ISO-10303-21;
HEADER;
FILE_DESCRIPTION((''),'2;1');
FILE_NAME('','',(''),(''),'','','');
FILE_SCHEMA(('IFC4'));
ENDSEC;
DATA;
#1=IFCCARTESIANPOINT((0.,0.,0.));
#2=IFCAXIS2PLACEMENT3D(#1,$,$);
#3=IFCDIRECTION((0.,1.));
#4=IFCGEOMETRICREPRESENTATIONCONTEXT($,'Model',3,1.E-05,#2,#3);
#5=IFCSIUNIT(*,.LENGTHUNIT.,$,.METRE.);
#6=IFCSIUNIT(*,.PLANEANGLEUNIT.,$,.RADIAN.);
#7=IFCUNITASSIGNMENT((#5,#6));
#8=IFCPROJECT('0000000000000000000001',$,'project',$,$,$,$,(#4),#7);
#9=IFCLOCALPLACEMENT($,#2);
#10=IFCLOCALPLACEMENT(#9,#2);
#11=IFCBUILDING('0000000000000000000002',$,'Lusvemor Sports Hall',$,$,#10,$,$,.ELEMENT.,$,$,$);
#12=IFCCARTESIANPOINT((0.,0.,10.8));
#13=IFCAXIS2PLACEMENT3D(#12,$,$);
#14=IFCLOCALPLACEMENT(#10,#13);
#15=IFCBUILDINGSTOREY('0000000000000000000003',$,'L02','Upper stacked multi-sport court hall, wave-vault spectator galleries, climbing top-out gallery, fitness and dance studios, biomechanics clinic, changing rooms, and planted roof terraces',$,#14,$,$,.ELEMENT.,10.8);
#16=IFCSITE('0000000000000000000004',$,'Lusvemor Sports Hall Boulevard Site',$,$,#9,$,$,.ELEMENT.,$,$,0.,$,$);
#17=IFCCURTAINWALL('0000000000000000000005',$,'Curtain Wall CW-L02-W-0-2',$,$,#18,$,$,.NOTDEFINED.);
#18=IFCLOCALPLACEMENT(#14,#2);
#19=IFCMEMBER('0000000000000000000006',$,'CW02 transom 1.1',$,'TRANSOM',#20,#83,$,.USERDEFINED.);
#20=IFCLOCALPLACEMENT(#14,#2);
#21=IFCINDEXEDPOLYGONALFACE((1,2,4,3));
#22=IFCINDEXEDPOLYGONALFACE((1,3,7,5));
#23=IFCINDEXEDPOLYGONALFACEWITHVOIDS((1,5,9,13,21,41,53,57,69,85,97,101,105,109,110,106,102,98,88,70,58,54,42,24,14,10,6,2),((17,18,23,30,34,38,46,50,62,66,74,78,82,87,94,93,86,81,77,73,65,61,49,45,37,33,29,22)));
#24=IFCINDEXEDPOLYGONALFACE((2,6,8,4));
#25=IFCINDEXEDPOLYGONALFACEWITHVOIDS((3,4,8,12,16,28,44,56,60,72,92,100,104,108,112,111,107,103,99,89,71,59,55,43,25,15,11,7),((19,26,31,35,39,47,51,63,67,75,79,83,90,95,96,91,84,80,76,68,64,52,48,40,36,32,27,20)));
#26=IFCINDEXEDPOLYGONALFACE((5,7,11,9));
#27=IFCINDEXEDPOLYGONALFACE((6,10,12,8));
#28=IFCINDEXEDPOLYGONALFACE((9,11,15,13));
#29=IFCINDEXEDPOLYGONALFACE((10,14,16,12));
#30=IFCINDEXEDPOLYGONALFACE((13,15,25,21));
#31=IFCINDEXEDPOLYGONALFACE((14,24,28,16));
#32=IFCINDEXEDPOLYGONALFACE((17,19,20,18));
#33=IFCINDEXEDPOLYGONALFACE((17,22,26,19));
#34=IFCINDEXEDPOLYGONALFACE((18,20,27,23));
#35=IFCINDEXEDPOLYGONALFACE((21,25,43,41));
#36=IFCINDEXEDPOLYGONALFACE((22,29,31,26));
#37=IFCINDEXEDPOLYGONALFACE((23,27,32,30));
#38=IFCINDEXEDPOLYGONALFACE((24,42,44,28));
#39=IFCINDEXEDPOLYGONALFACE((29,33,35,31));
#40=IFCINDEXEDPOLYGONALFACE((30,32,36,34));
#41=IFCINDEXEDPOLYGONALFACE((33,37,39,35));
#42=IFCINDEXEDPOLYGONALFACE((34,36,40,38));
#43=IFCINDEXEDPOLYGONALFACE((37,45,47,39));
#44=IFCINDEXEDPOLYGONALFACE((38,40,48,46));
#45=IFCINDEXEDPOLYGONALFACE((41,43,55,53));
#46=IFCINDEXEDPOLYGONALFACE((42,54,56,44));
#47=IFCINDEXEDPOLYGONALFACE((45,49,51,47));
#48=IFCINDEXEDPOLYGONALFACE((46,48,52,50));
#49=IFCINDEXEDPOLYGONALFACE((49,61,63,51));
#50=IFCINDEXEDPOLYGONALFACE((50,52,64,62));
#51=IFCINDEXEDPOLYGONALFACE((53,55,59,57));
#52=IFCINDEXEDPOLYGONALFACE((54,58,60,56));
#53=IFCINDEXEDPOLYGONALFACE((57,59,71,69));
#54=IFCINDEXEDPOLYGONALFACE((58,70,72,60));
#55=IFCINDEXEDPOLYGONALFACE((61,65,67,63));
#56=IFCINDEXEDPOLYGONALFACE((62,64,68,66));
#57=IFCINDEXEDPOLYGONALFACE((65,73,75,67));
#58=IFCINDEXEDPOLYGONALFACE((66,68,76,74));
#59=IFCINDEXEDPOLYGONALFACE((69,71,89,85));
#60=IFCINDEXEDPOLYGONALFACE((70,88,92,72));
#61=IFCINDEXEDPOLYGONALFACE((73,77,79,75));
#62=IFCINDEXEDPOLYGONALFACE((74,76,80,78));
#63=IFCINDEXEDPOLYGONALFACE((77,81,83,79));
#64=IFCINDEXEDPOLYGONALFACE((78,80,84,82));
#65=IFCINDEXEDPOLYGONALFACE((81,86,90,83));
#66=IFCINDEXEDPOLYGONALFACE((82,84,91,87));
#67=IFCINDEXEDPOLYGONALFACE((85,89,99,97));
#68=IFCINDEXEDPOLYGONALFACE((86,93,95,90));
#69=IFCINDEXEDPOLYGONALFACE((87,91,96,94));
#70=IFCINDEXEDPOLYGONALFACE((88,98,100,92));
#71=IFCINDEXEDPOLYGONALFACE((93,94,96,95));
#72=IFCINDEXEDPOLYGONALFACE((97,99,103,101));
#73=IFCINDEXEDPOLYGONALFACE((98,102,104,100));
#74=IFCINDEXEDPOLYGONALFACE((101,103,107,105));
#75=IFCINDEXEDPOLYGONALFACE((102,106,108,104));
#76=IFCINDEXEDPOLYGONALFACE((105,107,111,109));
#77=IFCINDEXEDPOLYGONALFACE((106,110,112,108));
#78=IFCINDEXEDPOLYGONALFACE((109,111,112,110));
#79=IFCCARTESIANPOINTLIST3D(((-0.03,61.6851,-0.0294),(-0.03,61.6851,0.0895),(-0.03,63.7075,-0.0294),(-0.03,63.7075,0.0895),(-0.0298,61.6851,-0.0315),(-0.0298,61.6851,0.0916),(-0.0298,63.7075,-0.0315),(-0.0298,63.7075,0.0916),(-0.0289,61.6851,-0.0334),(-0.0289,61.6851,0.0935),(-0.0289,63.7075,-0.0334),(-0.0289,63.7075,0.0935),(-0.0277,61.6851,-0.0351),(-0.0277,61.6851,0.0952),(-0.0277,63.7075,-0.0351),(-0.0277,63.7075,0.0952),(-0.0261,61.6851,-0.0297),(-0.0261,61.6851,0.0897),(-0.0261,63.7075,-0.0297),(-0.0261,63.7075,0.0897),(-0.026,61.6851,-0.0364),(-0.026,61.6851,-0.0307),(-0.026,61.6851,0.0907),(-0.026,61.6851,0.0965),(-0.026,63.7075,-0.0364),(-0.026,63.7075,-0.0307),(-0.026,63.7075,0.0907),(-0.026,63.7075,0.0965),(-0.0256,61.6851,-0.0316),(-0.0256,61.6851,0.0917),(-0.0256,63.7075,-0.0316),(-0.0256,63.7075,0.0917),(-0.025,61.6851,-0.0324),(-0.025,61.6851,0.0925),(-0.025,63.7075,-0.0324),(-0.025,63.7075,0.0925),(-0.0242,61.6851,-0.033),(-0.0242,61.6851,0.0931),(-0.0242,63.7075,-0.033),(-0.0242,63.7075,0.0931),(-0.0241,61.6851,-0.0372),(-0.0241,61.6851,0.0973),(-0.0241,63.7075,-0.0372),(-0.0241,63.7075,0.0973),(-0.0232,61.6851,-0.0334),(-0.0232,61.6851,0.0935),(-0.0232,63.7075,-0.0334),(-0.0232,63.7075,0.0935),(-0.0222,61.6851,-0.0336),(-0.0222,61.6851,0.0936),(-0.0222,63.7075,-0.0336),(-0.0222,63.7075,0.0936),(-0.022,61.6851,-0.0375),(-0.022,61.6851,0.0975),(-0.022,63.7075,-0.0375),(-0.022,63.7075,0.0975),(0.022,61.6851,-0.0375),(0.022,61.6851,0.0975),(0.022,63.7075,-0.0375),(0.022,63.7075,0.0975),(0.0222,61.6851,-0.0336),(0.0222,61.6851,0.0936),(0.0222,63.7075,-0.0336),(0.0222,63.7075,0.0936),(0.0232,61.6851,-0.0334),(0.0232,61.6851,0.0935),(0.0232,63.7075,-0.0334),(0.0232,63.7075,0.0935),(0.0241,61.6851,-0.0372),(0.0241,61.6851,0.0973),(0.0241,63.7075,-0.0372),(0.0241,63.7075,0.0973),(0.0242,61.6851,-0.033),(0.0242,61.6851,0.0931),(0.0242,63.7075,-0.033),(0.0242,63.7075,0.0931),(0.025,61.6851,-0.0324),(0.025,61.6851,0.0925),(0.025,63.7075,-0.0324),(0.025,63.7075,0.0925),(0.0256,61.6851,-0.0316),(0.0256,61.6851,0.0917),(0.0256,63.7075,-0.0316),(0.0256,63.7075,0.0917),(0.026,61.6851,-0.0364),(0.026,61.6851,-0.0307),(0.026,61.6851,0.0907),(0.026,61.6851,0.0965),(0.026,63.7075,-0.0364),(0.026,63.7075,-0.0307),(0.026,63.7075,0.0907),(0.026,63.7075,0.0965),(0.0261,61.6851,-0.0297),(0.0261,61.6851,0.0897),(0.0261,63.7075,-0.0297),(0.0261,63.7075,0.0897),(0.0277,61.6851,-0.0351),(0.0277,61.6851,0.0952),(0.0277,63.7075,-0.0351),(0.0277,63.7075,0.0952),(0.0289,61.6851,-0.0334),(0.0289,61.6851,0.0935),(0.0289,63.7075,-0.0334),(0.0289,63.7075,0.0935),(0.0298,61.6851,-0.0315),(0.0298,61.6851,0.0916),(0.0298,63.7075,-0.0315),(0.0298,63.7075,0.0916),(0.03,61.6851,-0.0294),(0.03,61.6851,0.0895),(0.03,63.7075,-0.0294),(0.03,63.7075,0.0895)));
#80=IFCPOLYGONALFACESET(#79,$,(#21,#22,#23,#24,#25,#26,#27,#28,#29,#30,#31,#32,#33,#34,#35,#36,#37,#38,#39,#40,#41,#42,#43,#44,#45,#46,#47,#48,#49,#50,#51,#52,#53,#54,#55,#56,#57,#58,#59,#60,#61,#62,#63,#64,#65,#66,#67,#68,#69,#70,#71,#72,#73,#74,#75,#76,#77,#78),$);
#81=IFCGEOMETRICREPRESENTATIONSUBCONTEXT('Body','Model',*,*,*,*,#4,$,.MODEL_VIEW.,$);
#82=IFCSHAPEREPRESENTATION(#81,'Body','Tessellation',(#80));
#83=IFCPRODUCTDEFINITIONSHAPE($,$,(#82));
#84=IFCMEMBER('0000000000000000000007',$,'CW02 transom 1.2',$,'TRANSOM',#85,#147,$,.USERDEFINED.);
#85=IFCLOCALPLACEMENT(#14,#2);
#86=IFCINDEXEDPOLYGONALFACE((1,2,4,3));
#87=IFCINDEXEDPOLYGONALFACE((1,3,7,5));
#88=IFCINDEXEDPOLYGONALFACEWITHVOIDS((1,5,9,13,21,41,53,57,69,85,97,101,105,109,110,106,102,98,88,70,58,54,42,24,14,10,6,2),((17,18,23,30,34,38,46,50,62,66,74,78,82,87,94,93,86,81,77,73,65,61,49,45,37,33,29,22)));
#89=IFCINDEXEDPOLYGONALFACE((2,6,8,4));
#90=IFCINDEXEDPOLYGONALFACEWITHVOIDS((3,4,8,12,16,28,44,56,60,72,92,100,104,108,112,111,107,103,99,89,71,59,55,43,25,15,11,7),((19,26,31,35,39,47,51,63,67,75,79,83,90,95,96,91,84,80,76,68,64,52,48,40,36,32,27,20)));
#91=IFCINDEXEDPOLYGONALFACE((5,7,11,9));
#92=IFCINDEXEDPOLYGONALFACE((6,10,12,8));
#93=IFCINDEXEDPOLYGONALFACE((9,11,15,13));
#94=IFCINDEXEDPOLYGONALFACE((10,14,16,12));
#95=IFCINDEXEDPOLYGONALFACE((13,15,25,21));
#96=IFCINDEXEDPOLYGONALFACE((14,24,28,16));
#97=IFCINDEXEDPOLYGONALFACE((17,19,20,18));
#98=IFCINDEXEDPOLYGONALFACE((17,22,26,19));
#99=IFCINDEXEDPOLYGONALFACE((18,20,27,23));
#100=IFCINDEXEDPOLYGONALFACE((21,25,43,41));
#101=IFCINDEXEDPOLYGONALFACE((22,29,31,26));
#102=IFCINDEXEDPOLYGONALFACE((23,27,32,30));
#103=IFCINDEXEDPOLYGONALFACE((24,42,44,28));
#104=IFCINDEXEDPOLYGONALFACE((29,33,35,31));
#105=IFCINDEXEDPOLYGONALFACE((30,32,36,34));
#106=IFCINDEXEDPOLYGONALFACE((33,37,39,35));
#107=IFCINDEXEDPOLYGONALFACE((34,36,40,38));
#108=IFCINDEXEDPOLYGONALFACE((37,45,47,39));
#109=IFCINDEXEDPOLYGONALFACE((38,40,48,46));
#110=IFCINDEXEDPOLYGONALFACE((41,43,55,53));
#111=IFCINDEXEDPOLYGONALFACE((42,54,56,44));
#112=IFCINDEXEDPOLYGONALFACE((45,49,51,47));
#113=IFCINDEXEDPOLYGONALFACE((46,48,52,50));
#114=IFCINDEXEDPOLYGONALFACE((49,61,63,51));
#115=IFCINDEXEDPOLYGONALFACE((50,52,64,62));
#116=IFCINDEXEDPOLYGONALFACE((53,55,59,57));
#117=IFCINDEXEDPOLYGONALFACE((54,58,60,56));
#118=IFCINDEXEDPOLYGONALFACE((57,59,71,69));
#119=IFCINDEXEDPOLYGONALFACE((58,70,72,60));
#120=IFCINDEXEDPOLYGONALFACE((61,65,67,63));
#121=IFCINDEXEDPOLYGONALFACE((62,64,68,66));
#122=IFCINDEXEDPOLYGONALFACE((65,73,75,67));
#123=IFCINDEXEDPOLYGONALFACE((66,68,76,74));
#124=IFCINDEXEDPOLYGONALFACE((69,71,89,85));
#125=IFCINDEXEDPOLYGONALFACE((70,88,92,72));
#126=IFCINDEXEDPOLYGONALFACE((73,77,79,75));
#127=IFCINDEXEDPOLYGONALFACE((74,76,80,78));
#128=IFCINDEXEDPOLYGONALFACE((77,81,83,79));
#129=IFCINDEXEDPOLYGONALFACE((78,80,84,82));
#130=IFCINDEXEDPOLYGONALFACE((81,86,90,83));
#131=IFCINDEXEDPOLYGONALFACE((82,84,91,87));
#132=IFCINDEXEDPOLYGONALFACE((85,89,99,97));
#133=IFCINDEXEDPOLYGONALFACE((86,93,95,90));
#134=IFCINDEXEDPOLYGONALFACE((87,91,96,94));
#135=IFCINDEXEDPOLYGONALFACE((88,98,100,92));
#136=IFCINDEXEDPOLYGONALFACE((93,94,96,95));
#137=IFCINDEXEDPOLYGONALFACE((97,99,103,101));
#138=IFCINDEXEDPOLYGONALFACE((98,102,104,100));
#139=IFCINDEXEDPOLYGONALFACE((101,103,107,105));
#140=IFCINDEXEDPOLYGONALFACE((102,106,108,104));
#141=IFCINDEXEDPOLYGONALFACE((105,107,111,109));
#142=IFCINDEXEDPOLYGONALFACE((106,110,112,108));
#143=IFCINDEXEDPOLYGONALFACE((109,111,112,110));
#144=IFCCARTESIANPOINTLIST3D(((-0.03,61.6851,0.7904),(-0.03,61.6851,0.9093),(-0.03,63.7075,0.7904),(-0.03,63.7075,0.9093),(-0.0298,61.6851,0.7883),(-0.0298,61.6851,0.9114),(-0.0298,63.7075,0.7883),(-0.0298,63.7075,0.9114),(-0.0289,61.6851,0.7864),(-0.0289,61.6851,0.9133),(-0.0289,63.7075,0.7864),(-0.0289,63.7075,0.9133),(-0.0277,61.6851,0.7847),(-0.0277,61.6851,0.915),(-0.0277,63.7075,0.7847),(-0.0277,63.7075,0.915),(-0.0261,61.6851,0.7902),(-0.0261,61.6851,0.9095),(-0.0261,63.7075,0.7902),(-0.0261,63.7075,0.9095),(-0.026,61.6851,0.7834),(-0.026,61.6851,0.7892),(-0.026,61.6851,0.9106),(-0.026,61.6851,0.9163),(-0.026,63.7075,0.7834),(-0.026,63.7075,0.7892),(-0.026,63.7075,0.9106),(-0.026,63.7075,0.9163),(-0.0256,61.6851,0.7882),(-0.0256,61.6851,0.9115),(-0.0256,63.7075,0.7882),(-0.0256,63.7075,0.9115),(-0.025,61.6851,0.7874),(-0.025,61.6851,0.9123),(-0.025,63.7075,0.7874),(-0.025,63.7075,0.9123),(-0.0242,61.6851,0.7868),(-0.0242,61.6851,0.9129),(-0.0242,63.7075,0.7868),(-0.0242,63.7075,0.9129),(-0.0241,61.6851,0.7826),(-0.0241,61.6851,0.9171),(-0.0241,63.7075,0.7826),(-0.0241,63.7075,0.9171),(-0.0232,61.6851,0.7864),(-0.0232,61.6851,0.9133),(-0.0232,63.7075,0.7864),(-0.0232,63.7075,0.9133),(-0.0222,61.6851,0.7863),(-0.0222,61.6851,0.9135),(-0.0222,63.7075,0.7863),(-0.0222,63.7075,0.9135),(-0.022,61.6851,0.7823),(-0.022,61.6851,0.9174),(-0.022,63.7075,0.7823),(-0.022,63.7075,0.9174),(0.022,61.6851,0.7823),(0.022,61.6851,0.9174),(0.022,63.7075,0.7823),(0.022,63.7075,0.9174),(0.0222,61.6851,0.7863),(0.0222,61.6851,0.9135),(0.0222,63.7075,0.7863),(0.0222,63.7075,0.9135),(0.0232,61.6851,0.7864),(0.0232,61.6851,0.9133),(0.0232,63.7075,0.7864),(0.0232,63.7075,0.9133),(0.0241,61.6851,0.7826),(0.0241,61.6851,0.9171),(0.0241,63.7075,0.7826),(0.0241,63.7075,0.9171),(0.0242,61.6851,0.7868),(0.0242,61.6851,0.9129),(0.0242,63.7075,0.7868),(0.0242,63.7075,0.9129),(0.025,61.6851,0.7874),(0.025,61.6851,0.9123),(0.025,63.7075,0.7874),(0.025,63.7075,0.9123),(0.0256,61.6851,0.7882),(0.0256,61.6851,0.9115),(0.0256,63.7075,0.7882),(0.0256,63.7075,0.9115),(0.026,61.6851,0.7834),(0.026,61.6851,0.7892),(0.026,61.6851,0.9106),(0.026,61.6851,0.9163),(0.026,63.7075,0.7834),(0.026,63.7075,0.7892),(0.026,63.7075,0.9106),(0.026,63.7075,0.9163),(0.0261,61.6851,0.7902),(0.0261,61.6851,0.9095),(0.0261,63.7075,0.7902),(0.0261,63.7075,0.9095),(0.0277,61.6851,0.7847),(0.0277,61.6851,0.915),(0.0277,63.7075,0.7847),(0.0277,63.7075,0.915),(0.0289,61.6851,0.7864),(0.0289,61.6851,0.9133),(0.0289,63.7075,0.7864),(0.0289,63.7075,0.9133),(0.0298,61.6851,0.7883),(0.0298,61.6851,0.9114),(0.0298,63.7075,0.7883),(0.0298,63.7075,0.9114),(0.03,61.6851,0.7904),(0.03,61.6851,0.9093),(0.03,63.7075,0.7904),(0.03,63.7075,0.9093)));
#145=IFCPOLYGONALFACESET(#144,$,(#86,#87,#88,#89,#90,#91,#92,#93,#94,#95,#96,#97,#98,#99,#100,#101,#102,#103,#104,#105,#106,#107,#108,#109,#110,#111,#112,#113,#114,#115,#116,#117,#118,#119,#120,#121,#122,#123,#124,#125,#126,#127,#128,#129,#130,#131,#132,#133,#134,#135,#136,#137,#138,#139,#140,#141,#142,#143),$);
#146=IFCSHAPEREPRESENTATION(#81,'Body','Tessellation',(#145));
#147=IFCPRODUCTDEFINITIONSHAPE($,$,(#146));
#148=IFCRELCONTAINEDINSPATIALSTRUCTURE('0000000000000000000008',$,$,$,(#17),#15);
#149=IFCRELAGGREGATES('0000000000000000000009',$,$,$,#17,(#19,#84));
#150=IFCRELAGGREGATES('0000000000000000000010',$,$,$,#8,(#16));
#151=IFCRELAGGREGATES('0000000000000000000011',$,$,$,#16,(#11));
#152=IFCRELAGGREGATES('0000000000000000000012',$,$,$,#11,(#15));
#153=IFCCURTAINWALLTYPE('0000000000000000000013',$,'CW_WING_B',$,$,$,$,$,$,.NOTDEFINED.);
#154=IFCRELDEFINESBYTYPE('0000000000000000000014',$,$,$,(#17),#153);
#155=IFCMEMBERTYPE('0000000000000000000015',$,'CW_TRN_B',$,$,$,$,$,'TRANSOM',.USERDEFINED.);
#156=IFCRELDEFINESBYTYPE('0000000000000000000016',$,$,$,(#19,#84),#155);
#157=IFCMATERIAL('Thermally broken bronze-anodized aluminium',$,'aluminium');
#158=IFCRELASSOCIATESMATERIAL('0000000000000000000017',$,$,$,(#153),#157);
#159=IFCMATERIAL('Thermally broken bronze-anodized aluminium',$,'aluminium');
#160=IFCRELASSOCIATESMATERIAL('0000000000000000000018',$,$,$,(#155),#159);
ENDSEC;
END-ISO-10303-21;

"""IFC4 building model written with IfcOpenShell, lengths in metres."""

from ifc_helpers import new_model, si_unit, direction, frame, origin, origin_2d, place, context, subcontext, project, spatial, hollow_rectangle, extrude, material, material_profile, profile_set, type_object, element, aggregate, save


model = new_model("IFC4")

# Units and contexts
model_context = context("Model", 3, precision=1e-05, world=origin(), true_north=direction((0.0, 1.0)))
body_context = subcontext(model_context, "Body", "Model", "MODEL_VIEW")
ifc_project = project(units=[si_unit("LENGTHUNIT", "METRE"), si_unit("PLANEANGLEUNIT", "RADIAN")], contexts=[model_context])

# Site, building, storey
site_placement = place(None, origin())
site = spatial("IfcSite", under=ifc_project, at=site_placement, Name="Lusvemor Sports Hall Boulevard Site", CompositionType="ELEMENT", RefElevation=0.0)
building_placement = place(site_placement, origin())
building = spatial("IfcBuilding", under=site, at=building_placement, Name="Lusvemor Sports Hall", CompositionType="ELEMENT")
storey_placement = place(building_placement, frame((0.0, 0.0, 10.8)))
storey = spatial("IfcBuildingStorey", under=building, at=storey_placement, Name="L02", Description="Upper stacked multi-sport court hall, wave-vault spectator galleries, climbing top-out gallery, fitness and dance studios, biomechanics clinic, changing rooms, and planted roof terraces", CompositionType="ELEMENT", Elevation=10.8)

# Curtain wall
ifc_material_1 = material(Name="Thermally broken bronze-anodized aluminium", Category="aluminium")
curtain_wall_type_1 = type_object("IfcCurtainWallType", Name="CW_WING_B", PredefinedType="NOTDEFINED", material=ifc_material_1)
curtain_wall_1_placement = place(storey_placement, origin())
curtain_wall_1 = element("IfcCurtainWall", 1, at=curtain_wall_1_placement, inside=storey, type_object=curtain_wall_type_1, Name="Curtain Wall CW-L02-W-0-2", PredefinedType="NOTDEFINED")

# Members
ifc_material_2 = material(Name="Thermally broken bronze-anodized aluminium", Category="aluminium")
ifc_material_profile_1 = material_profile(ifc_material_2, hollow_rectangle(XDim=0.0601, YDim=0.135, WallThickness=0.0039, InnerFilletRadius=0.0039, OuterFilletRadius=0.0081, at=origin_2d()), Name="CWTRN135x60x4")
ifc_profile_set_1 = profile_set([ifc_material_profile_1], Name="Thermally broken bronze-anodized aluminium")
member_type_1 = type_object("IfcMemberType", Name="CW_TRN_B", ElementType="TRANSOM", PredefinedType="USERDEFINED", material=ifc_profile_set_1)
member_1_placement = place(storey_placement, frame((0.0, 61.6851, 0.03), z_axis=(0.0, 1.0, 0.0), x_axis=(-1.0, 0.0, 0.0)))
member_1 = element("IfcMember", 2, at=member_1_placement, type_object=member_type_1, Name="CW02 transom 1.1", ObjectType="TRANSOM", PredefinedType="USERDEFINED", context=body_context, shape_type="SweptSolid", body=[
    extrude(hollow_rectangle(XDim=0.0601, YDim=0.135, WallThickness=0.0039, InnerFilletRadius=0.0039, OuterFilletRadius=0.0081, at=origin_2d()), origin(), (0.0, 0.0, 1.0), 2.0225),
])
member_2_placement = place(storey_placement, frame((0.0, 61.6851, 0.8499), z_axis=(0.0, 1.0, 0.0), x_axis=(-1.0, 0.0, 0.0)))
member_2 = element("IfcMember", 3, at=member_2_placement, type_object=member_type_1, Name="CW02 transom 1.2", ObjectType="TRANSOM", PredefinedType="USERDEFINED", context=body_context, shape_type="SweptSolid", body=[
    extrude(hollow_rectangle(XDim=0.0601, YDim=0.135, WallThickness=0.0039, InnerFilletRadius=0.0039, OuterFilletRadius=0.0081, at=origin_2d()), origin(), (0.0, 0.0, 1.0), 2.0225),
])

aggregate(curtain_wall_1, [member_1, member_2])

save(model, "model.ifc")
